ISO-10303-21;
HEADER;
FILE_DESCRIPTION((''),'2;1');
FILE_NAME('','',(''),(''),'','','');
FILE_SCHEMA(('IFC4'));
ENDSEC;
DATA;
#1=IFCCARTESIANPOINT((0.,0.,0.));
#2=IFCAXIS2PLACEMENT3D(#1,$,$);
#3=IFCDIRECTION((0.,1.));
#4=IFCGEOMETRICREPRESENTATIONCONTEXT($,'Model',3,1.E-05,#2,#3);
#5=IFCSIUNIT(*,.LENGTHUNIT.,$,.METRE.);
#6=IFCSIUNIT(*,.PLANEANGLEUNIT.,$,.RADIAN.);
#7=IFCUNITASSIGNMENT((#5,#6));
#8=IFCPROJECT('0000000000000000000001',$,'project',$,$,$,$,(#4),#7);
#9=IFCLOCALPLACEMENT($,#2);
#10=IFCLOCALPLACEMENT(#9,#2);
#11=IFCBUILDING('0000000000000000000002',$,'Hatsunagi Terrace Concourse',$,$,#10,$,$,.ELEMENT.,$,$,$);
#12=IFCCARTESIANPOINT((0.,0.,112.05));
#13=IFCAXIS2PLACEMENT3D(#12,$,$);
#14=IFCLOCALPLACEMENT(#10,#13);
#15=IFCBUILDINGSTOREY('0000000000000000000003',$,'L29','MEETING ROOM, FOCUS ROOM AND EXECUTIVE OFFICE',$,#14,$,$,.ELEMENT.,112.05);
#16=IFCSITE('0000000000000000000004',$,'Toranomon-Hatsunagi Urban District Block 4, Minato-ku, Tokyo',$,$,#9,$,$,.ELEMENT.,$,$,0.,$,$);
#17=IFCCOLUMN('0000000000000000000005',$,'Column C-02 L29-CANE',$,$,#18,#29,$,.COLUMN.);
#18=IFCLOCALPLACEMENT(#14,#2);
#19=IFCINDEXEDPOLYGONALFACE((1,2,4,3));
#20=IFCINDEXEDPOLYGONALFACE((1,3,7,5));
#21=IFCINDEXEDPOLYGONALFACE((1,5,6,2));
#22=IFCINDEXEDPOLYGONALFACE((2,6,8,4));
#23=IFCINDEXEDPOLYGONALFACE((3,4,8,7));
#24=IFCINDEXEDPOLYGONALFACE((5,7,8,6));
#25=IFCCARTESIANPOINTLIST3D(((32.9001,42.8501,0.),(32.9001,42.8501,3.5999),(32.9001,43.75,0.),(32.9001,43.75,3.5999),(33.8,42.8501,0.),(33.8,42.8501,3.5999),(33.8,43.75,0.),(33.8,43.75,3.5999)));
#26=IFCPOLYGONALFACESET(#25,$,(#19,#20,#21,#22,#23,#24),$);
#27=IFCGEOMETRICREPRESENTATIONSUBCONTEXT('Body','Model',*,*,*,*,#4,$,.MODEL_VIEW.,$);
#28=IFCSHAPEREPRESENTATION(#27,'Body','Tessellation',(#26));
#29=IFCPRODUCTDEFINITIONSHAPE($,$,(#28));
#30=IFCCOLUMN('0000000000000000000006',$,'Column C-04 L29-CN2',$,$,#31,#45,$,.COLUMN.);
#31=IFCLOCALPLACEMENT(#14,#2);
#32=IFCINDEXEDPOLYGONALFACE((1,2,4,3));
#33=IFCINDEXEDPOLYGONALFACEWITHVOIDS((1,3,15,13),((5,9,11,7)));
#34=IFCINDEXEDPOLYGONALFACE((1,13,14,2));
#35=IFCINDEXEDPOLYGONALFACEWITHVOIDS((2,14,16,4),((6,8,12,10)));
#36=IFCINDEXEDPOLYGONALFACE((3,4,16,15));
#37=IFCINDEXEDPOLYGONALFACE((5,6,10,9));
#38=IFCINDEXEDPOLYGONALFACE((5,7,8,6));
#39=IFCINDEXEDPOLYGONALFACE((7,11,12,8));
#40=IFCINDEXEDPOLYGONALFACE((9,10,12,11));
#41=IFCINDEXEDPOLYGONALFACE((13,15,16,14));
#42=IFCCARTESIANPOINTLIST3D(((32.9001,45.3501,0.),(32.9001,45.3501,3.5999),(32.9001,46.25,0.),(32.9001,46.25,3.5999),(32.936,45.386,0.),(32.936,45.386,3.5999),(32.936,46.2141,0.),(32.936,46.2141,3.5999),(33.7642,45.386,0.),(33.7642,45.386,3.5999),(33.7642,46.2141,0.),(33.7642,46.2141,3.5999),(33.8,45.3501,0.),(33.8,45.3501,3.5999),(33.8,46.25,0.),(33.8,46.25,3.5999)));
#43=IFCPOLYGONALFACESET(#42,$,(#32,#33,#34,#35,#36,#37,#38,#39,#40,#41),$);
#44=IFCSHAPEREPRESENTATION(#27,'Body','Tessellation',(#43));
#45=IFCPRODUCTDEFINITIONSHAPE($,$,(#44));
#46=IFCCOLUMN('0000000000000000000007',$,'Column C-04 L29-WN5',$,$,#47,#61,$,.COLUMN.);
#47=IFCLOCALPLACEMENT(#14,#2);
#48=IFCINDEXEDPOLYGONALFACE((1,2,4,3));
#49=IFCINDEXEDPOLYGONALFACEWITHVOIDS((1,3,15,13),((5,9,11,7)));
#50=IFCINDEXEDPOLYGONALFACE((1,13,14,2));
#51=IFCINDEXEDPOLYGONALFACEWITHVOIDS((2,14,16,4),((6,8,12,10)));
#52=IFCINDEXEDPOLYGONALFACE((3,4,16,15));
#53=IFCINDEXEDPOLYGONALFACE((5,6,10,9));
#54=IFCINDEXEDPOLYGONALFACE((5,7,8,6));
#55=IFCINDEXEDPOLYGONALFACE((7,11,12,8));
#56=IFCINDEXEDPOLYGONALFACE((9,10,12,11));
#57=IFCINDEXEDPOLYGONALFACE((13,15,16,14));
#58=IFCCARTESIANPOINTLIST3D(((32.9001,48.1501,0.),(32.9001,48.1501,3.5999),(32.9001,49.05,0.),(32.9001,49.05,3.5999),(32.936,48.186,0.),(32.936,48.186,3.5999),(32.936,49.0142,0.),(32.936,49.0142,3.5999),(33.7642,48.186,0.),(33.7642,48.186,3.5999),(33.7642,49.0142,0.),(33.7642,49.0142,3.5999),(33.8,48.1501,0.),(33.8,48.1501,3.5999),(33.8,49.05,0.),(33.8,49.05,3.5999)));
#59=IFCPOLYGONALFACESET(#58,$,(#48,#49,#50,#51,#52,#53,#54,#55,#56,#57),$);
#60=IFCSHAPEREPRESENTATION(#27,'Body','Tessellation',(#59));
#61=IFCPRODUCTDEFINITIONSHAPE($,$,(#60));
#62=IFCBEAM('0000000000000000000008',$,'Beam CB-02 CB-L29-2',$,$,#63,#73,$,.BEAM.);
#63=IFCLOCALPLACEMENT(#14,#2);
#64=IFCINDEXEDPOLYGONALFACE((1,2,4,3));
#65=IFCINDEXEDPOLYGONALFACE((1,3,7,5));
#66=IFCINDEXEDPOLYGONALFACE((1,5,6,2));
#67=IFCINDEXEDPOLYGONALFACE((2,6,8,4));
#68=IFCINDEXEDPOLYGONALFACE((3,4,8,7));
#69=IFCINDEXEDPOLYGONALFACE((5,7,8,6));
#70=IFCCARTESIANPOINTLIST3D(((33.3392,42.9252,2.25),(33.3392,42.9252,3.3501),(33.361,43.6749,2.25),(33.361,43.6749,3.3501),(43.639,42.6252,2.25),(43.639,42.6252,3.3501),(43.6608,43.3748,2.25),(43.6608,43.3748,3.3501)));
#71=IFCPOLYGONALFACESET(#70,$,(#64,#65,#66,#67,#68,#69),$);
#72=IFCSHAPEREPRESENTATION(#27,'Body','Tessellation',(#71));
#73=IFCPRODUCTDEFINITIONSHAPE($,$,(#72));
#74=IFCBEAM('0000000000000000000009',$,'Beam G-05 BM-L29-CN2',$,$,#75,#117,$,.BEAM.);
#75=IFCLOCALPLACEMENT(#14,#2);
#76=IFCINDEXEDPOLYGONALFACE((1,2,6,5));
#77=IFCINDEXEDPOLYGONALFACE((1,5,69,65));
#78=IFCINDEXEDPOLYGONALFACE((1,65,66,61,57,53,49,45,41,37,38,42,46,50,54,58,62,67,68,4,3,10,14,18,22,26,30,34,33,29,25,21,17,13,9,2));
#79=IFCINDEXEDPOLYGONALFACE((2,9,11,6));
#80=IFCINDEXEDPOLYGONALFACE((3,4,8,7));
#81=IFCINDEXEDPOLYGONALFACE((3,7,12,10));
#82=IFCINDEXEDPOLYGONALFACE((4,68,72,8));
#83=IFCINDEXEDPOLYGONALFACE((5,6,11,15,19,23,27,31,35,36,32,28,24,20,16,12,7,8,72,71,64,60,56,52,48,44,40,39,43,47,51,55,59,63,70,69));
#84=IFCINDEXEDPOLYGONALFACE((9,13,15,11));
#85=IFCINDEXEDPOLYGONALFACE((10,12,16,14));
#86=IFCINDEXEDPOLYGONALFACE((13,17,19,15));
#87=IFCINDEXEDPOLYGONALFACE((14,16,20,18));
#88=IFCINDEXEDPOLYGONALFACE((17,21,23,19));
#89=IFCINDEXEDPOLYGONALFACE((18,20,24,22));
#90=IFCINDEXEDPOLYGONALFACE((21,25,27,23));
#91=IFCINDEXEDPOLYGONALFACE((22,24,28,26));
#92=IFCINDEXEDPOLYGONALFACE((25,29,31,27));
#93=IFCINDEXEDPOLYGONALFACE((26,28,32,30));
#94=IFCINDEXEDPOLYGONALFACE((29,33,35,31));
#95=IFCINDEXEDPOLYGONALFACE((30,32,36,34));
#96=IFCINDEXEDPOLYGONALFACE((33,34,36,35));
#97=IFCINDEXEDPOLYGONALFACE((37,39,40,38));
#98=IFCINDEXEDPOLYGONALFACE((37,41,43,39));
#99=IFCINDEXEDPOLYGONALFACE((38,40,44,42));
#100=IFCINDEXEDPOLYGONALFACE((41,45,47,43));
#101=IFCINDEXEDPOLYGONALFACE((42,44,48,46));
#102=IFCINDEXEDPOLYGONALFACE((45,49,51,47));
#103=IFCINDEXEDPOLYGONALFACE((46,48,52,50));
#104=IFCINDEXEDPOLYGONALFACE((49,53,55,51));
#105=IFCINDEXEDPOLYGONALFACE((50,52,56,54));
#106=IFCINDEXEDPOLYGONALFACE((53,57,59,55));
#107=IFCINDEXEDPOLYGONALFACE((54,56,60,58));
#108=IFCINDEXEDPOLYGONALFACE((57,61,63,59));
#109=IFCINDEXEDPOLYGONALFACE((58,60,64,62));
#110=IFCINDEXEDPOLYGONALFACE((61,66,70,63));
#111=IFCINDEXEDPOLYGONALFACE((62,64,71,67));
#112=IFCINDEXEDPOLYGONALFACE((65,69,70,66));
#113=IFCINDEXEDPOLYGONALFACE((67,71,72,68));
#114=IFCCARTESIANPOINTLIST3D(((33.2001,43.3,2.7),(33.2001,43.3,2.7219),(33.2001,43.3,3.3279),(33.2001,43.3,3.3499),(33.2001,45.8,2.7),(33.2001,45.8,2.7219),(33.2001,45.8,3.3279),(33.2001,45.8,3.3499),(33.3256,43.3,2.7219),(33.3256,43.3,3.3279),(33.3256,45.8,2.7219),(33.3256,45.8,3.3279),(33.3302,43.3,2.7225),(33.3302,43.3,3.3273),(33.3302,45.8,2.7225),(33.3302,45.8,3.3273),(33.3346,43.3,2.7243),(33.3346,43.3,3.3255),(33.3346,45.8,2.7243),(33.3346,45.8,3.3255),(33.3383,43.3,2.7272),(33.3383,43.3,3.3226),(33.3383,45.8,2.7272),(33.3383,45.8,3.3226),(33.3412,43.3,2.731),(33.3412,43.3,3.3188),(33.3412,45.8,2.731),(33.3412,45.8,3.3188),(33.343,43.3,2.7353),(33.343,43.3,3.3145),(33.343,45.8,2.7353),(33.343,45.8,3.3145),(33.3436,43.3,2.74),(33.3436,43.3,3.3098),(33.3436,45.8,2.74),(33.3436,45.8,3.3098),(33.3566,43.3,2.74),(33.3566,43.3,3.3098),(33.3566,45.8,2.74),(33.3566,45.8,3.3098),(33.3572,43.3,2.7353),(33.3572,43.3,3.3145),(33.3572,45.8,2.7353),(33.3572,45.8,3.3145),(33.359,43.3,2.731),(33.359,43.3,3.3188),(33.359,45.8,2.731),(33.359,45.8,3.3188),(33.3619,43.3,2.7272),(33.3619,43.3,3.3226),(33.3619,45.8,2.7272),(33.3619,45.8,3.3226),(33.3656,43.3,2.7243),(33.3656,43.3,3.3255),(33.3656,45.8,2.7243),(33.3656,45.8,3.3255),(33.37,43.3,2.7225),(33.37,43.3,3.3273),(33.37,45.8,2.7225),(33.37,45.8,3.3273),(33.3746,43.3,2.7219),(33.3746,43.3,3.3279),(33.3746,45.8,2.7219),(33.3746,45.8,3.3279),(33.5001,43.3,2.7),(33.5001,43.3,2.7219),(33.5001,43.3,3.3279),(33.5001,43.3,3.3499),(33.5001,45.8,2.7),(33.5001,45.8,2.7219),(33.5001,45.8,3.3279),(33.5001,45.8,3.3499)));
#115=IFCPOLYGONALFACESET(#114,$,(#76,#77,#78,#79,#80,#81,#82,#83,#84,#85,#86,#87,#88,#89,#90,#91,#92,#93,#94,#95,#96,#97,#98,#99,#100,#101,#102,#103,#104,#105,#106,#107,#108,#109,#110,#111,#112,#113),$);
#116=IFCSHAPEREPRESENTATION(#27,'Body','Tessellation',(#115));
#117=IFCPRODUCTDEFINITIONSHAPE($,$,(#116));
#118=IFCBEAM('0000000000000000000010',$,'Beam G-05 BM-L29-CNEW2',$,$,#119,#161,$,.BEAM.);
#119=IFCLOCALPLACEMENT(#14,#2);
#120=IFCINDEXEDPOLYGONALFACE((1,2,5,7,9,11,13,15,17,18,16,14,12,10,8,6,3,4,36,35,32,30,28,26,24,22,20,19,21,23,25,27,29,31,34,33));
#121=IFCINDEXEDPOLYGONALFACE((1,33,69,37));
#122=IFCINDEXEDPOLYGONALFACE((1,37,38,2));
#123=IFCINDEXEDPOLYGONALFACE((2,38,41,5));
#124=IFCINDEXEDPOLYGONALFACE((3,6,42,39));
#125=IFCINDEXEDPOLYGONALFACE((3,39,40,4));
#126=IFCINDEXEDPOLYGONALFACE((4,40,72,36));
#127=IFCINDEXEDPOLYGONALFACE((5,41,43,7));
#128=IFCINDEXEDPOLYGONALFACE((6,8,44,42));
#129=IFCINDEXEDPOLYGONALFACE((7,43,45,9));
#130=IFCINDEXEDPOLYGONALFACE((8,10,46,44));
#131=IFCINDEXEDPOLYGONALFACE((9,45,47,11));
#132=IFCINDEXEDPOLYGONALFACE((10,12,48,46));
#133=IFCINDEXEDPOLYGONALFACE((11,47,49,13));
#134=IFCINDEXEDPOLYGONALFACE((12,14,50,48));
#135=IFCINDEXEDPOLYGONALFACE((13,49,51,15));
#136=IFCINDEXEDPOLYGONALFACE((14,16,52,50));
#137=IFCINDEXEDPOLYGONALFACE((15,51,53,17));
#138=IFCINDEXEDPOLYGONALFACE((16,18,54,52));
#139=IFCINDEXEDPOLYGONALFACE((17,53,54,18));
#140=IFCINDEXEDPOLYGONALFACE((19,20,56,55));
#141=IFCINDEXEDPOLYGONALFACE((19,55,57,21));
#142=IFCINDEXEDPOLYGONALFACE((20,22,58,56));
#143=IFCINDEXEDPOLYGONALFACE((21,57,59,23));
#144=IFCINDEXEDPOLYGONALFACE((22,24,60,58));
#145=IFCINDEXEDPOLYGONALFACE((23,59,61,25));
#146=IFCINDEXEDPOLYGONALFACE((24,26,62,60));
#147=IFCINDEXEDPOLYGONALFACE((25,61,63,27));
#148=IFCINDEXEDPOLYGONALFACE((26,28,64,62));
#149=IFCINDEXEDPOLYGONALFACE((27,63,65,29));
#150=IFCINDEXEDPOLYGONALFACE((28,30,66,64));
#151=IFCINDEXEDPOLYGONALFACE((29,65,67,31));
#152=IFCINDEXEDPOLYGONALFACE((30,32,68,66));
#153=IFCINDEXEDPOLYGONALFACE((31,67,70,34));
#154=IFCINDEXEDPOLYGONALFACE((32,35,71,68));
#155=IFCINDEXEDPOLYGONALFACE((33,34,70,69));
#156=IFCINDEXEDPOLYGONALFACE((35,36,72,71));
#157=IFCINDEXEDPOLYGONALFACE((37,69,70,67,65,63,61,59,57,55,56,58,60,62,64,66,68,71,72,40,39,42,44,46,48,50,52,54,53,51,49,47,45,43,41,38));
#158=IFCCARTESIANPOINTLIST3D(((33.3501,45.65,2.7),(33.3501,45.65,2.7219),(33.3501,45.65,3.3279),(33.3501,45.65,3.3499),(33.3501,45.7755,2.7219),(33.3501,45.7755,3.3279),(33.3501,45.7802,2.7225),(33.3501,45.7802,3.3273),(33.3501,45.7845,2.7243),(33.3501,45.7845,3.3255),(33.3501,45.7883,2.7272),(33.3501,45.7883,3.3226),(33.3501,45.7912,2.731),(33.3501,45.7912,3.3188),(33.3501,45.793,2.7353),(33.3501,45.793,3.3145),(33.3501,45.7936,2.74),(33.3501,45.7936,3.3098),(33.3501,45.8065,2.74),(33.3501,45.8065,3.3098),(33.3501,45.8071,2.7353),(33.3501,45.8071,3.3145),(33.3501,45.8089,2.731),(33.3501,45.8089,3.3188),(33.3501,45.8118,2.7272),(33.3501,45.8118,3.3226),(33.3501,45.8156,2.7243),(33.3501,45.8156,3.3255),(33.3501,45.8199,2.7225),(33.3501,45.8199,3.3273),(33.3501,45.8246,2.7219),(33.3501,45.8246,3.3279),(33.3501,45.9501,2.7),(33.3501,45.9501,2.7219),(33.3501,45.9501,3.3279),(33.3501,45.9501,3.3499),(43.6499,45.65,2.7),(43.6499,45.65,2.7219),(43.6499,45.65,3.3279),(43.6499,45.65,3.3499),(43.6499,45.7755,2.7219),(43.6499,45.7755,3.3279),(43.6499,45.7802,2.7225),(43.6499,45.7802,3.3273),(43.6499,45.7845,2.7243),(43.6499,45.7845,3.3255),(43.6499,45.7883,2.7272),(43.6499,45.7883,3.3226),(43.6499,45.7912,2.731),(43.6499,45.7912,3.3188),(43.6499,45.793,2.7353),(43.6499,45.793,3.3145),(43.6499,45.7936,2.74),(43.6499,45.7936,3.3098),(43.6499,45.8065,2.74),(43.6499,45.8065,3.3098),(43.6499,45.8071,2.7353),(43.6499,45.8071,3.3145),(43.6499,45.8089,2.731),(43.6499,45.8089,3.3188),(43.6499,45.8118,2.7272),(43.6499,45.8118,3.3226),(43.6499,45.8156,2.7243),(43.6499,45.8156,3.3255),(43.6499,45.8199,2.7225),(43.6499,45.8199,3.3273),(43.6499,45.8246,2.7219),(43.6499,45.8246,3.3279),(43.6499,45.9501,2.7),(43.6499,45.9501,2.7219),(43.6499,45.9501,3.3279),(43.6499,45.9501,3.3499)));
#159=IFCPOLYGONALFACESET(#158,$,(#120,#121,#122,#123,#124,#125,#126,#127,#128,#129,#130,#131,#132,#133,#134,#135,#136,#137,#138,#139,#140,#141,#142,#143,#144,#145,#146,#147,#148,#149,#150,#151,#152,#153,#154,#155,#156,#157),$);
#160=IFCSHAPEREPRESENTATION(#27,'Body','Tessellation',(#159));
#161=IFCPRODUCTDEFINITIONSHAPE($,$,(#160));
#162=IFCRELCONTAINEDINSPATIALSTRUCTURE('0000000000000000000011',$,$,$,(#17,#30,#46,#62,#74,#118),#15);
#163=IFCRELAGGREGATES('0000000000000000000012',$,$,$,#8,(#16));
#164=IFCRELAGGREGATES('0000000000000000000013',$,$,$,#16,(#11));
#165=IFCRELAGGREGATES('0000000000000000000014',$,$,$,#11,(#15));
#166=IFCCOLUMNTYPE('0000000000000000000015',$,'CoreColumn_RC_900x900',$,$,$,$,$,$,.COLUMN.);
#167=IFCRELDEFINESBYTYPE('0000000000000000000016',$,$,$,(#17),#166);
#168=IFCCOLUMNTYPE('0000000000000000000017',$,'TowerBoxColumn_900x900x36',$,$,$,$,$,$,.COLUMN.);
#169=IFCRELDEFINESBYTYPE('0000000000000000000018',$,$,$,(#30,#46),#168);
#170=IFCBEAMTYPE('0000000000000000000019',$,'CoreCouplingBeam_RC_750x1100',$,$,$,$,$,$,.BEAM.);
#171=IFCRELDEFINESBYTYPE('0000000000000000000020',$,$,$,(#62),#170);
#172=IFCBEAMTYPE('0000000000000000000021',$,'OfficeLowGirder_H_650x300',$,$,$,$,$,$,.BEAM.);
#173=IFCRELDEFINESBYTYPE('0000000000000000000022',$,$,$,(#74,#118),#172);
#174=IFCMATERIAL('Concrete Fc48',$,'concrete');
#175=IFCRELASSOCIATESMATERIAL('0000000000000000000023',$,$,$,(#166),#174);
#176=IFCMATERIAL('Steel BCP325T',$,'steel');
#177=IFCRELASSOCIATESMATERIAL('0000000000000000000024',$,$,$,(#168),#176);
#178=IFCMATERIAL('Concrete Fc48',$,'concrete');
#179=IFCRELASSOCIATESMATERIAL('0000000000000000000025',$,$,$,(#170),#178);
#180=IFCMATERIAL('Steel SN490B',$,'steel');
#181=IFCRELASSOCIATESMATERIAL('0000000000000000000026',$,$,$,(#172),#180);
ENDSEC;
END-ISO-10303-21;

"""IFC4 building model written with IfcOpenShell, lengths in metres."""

from ifc_helpers import new_model, si_unit, direction, frame, origin, origin_2d, place, context, subcontext, project, spatial, rectangle, hollow_rectangle, i_section, extrude, material, material_profile, profile_set, type_object, element, save


model = new_model("IFC4")

# Units and contexts
model_context = context("Model", 3, precision=1e-05, world=origin(), true_north=direction((0.0, 1.0)))
body_context = subcontext(model_context, "Body", "Model", "MODEL_VIEW")
ifc_project = project(units=[si_unit("LENGTHUNIT", "METRE"), si_unit("PLANEANGLEUNIT", "RADIAN")], contexts=[model_context])

# Site, building, storey
site_placement = place(None, origin())
site = spatial("IfcSite", under=ifc_project, at=site_placement, Name="Toranomon-Hatsunagi Urban District Block 4, Minato-ku, Tokyo", CompositionType="ELEMENT", RefElevation=0.0)
building_placement = place(site_placement, origin())
building = spatial("IfcBuilding", under=site, at=building_placement, Name="Hatsunagi Terrace Concourse", CompositionType="ELEMENT")
storey_placement = place(building_placement, frame((0.0, 0.0, 112.05)))
storey = spatial("IfcBuildingStorey", under=building, at=storey_placement, Name="L29", Description="MEETING ROOM, FOCUS ROOM AND EXECUTIVE OFFICE", CompositionType="ELEMENT", Elevation=112.05)

# Columns
ifc_material_1 = material(Name="Concrete Fc48", Category="concrete")
ifc_material_profile_1 = material_profile(ifc_material_1, rectangle(XDim=0.8999, YDim=0.8999, at=origin_2d()), Name="RC-900x900")
ifc_profile_set_1 = profile_set([ifc_material_profile_1], Name="Concrete Fc48")
column_type_1 = type_object("IfcColumnType", Name="CoreColumn_RC_900x900", PredefinedType="COLUMN", material=ifc_profile_set_1)
column_placement = place(storey_placement, frame((33.3501, 43.3, 0.0), z_axis=(0.0, 0.0, 1.0), x_axis=(1.0, 0.0, 0.0)))
element("IfcColumn", 1, at=column_placement, inside=storey, type_object=column_type_1, Name="Column C-02 L29-CANE", PredefinedType="COLUMN", context=body_context, shape_type="SweptSolid", body=[
    extrude(rectangle(XDim=0.8999, YDim=0.8999, at=origin_2d()), origin(), (0.0, 0.0, 1.0), 3.5999),
])
ifc_material_2 = material(Name="Steel BCP325T", Category="steel")
ifc_material_profile_2 = material_profile(ifc_material_2, hollow_rectangle(XDim=0.8999, YDim=0.8999, WallThickness=0.0359, at=origin_2d()), Name="BCP-900x900x36")
ifc_profile_set_2 = profile_set([ifc_material_profile_2], Name="Steel BCP325T")
column_type_2 = type_object("IfcColumnType", Name="TowerBoxColumn_900x900x36", PredefinedType="COLUMN", material=ifc_profile_set_2)
for number, where, z_axis, x_axis, name in (
    (2, (33.3501, 45.8, 0.0), (0.0, 0.0, 1.0), (1.0, 0.0, 0.0), "Column C-04 L29-CN2"),
    (3, (33.3501, 48.6001, 0.0), (0.0, 0.0, 1.0), (1.0, 0.0, 0.0), "Column C-04 L29-WN5"),
):
    element("IfcColumn", number, at=place(storey_placement, frame(where, z_axis=z_axis, x_axis=x_axis)), inside=storey, type_object=column_type_2, Name=name, PredefinedType="COLUMN", context=body_context, shape_type="SweptSolid", body=[
        extrude(hollow_rectangle(XDim=0.8999, YDim=0.8999, WallThickness=0.0359, at=origin_2d()), origin(), (0.0, 0.0, 1.0), 3.5999),
    ])

# Beams
ifc_material_3 = material(Name="Concrete Fc48", Category="concrete")
ifc_material_profile_3 = material_profile(ifc_material_3, rectangle(XDim=0.75, YDim=1.1001, at=origin_2d()), Name="RC-750x1100")
ifc_profile_set_3 = profile_set([ifc_material_profile_3], Name="Concrete Fc48")
beam_type_1 = type_object("IfcBeamType", Name="CoreCouplingBeam_RC_750x1100", PredefinedType="BEAM", material=ifc_profile_set_3)
beam_1_placement = place(storey_placement, frame((33.3501, 43.3, 2.8), z_axis=(0.999576, -0.029119, 0.0), x_axis=(0.029119, 0.999576, 0.0)))
element("IfcBeam", 4, at=beam_1_placement, inside=storey, type_object=beam_type_1, Name="Beam CB-02 CB-L29-2", PredefinedType="BEAM", context=body_context, shape_type="SweptSolid", body=[
    extrude(rectangle(XDim=0.75, YDim=1.1001, at=origin_2d()), origin(), (0.0, 0.0, 1.0), 10.3042),
])
ifc_material_4 = material(Name="Steel SN490B", Category="steel")
ifc_material_profile_4 = material_profile(ifc_material_4, i_section(OverallWidth=0.3, OverallDepth=0.6499, WebThickness=0.0129, FlangeThickness=0.022, FilletRadius=0.0181, at=origin_2d()), Name="H-650x300x13x22")
ifc_profile_set_4 = profile_set([ifc_material_profile_4], Name="Steel SN490B")
beam_type_2 = type_object("IfcBeamType", Name="OfficeLowGirder_H_650x300", PredefinedType="BEAM", material=ifc_profile_set_4)
beam_2_placement = place(storey_placement, frame((33.3501, 43.3, 3.0249), z_axis=(0.0, 1.0, 0.0), x_axis=(-1.0, 0.0, 0.0)))
element("IfcBeam", 5, at=beam_2_placement, inside=storey, type_object=beam_type_2, Name="Beam G-05 BM-L29-CN2", PredefinedType="BEAM", context=body_context, shape_type="SweptSolid", body=[
    extrude(i_section(OverallWidth=0.3, OverallDepth=0.6499, WebThickness=0.0129, FlangeThickness=0.022, FilletRadius=0.0181, at=origin_2d()), origin(), (0.0, 0.0, 1.0), 2.5),
])
beam_3_placement = place(storey_placement, frame((33.3501, 45.8, 3.0249), z_axis=(1.0, 0.0, 0.0), x_axis=(0.0, 1.0, 0.0)))
element("IfcBeam", 6, at=beam_3_placement, inside=storey, type_object=beam_type_2, Name="Beam G-05 BM-L29-CNEW2", PredefinedType="BEAM", context=body_context, shape_type="SweptSolid", body=[
    extrude(i_section(OverallWidth=0.3, OverallDepth=0.6499, WebThickness=0.0129, FlangeThickness=0.022, FilletRadius=0.0181, at=origin_2d()), origin(), (0.0, 0.0, 1.0), 10.2998),
])

save(model, "model.ifc")
